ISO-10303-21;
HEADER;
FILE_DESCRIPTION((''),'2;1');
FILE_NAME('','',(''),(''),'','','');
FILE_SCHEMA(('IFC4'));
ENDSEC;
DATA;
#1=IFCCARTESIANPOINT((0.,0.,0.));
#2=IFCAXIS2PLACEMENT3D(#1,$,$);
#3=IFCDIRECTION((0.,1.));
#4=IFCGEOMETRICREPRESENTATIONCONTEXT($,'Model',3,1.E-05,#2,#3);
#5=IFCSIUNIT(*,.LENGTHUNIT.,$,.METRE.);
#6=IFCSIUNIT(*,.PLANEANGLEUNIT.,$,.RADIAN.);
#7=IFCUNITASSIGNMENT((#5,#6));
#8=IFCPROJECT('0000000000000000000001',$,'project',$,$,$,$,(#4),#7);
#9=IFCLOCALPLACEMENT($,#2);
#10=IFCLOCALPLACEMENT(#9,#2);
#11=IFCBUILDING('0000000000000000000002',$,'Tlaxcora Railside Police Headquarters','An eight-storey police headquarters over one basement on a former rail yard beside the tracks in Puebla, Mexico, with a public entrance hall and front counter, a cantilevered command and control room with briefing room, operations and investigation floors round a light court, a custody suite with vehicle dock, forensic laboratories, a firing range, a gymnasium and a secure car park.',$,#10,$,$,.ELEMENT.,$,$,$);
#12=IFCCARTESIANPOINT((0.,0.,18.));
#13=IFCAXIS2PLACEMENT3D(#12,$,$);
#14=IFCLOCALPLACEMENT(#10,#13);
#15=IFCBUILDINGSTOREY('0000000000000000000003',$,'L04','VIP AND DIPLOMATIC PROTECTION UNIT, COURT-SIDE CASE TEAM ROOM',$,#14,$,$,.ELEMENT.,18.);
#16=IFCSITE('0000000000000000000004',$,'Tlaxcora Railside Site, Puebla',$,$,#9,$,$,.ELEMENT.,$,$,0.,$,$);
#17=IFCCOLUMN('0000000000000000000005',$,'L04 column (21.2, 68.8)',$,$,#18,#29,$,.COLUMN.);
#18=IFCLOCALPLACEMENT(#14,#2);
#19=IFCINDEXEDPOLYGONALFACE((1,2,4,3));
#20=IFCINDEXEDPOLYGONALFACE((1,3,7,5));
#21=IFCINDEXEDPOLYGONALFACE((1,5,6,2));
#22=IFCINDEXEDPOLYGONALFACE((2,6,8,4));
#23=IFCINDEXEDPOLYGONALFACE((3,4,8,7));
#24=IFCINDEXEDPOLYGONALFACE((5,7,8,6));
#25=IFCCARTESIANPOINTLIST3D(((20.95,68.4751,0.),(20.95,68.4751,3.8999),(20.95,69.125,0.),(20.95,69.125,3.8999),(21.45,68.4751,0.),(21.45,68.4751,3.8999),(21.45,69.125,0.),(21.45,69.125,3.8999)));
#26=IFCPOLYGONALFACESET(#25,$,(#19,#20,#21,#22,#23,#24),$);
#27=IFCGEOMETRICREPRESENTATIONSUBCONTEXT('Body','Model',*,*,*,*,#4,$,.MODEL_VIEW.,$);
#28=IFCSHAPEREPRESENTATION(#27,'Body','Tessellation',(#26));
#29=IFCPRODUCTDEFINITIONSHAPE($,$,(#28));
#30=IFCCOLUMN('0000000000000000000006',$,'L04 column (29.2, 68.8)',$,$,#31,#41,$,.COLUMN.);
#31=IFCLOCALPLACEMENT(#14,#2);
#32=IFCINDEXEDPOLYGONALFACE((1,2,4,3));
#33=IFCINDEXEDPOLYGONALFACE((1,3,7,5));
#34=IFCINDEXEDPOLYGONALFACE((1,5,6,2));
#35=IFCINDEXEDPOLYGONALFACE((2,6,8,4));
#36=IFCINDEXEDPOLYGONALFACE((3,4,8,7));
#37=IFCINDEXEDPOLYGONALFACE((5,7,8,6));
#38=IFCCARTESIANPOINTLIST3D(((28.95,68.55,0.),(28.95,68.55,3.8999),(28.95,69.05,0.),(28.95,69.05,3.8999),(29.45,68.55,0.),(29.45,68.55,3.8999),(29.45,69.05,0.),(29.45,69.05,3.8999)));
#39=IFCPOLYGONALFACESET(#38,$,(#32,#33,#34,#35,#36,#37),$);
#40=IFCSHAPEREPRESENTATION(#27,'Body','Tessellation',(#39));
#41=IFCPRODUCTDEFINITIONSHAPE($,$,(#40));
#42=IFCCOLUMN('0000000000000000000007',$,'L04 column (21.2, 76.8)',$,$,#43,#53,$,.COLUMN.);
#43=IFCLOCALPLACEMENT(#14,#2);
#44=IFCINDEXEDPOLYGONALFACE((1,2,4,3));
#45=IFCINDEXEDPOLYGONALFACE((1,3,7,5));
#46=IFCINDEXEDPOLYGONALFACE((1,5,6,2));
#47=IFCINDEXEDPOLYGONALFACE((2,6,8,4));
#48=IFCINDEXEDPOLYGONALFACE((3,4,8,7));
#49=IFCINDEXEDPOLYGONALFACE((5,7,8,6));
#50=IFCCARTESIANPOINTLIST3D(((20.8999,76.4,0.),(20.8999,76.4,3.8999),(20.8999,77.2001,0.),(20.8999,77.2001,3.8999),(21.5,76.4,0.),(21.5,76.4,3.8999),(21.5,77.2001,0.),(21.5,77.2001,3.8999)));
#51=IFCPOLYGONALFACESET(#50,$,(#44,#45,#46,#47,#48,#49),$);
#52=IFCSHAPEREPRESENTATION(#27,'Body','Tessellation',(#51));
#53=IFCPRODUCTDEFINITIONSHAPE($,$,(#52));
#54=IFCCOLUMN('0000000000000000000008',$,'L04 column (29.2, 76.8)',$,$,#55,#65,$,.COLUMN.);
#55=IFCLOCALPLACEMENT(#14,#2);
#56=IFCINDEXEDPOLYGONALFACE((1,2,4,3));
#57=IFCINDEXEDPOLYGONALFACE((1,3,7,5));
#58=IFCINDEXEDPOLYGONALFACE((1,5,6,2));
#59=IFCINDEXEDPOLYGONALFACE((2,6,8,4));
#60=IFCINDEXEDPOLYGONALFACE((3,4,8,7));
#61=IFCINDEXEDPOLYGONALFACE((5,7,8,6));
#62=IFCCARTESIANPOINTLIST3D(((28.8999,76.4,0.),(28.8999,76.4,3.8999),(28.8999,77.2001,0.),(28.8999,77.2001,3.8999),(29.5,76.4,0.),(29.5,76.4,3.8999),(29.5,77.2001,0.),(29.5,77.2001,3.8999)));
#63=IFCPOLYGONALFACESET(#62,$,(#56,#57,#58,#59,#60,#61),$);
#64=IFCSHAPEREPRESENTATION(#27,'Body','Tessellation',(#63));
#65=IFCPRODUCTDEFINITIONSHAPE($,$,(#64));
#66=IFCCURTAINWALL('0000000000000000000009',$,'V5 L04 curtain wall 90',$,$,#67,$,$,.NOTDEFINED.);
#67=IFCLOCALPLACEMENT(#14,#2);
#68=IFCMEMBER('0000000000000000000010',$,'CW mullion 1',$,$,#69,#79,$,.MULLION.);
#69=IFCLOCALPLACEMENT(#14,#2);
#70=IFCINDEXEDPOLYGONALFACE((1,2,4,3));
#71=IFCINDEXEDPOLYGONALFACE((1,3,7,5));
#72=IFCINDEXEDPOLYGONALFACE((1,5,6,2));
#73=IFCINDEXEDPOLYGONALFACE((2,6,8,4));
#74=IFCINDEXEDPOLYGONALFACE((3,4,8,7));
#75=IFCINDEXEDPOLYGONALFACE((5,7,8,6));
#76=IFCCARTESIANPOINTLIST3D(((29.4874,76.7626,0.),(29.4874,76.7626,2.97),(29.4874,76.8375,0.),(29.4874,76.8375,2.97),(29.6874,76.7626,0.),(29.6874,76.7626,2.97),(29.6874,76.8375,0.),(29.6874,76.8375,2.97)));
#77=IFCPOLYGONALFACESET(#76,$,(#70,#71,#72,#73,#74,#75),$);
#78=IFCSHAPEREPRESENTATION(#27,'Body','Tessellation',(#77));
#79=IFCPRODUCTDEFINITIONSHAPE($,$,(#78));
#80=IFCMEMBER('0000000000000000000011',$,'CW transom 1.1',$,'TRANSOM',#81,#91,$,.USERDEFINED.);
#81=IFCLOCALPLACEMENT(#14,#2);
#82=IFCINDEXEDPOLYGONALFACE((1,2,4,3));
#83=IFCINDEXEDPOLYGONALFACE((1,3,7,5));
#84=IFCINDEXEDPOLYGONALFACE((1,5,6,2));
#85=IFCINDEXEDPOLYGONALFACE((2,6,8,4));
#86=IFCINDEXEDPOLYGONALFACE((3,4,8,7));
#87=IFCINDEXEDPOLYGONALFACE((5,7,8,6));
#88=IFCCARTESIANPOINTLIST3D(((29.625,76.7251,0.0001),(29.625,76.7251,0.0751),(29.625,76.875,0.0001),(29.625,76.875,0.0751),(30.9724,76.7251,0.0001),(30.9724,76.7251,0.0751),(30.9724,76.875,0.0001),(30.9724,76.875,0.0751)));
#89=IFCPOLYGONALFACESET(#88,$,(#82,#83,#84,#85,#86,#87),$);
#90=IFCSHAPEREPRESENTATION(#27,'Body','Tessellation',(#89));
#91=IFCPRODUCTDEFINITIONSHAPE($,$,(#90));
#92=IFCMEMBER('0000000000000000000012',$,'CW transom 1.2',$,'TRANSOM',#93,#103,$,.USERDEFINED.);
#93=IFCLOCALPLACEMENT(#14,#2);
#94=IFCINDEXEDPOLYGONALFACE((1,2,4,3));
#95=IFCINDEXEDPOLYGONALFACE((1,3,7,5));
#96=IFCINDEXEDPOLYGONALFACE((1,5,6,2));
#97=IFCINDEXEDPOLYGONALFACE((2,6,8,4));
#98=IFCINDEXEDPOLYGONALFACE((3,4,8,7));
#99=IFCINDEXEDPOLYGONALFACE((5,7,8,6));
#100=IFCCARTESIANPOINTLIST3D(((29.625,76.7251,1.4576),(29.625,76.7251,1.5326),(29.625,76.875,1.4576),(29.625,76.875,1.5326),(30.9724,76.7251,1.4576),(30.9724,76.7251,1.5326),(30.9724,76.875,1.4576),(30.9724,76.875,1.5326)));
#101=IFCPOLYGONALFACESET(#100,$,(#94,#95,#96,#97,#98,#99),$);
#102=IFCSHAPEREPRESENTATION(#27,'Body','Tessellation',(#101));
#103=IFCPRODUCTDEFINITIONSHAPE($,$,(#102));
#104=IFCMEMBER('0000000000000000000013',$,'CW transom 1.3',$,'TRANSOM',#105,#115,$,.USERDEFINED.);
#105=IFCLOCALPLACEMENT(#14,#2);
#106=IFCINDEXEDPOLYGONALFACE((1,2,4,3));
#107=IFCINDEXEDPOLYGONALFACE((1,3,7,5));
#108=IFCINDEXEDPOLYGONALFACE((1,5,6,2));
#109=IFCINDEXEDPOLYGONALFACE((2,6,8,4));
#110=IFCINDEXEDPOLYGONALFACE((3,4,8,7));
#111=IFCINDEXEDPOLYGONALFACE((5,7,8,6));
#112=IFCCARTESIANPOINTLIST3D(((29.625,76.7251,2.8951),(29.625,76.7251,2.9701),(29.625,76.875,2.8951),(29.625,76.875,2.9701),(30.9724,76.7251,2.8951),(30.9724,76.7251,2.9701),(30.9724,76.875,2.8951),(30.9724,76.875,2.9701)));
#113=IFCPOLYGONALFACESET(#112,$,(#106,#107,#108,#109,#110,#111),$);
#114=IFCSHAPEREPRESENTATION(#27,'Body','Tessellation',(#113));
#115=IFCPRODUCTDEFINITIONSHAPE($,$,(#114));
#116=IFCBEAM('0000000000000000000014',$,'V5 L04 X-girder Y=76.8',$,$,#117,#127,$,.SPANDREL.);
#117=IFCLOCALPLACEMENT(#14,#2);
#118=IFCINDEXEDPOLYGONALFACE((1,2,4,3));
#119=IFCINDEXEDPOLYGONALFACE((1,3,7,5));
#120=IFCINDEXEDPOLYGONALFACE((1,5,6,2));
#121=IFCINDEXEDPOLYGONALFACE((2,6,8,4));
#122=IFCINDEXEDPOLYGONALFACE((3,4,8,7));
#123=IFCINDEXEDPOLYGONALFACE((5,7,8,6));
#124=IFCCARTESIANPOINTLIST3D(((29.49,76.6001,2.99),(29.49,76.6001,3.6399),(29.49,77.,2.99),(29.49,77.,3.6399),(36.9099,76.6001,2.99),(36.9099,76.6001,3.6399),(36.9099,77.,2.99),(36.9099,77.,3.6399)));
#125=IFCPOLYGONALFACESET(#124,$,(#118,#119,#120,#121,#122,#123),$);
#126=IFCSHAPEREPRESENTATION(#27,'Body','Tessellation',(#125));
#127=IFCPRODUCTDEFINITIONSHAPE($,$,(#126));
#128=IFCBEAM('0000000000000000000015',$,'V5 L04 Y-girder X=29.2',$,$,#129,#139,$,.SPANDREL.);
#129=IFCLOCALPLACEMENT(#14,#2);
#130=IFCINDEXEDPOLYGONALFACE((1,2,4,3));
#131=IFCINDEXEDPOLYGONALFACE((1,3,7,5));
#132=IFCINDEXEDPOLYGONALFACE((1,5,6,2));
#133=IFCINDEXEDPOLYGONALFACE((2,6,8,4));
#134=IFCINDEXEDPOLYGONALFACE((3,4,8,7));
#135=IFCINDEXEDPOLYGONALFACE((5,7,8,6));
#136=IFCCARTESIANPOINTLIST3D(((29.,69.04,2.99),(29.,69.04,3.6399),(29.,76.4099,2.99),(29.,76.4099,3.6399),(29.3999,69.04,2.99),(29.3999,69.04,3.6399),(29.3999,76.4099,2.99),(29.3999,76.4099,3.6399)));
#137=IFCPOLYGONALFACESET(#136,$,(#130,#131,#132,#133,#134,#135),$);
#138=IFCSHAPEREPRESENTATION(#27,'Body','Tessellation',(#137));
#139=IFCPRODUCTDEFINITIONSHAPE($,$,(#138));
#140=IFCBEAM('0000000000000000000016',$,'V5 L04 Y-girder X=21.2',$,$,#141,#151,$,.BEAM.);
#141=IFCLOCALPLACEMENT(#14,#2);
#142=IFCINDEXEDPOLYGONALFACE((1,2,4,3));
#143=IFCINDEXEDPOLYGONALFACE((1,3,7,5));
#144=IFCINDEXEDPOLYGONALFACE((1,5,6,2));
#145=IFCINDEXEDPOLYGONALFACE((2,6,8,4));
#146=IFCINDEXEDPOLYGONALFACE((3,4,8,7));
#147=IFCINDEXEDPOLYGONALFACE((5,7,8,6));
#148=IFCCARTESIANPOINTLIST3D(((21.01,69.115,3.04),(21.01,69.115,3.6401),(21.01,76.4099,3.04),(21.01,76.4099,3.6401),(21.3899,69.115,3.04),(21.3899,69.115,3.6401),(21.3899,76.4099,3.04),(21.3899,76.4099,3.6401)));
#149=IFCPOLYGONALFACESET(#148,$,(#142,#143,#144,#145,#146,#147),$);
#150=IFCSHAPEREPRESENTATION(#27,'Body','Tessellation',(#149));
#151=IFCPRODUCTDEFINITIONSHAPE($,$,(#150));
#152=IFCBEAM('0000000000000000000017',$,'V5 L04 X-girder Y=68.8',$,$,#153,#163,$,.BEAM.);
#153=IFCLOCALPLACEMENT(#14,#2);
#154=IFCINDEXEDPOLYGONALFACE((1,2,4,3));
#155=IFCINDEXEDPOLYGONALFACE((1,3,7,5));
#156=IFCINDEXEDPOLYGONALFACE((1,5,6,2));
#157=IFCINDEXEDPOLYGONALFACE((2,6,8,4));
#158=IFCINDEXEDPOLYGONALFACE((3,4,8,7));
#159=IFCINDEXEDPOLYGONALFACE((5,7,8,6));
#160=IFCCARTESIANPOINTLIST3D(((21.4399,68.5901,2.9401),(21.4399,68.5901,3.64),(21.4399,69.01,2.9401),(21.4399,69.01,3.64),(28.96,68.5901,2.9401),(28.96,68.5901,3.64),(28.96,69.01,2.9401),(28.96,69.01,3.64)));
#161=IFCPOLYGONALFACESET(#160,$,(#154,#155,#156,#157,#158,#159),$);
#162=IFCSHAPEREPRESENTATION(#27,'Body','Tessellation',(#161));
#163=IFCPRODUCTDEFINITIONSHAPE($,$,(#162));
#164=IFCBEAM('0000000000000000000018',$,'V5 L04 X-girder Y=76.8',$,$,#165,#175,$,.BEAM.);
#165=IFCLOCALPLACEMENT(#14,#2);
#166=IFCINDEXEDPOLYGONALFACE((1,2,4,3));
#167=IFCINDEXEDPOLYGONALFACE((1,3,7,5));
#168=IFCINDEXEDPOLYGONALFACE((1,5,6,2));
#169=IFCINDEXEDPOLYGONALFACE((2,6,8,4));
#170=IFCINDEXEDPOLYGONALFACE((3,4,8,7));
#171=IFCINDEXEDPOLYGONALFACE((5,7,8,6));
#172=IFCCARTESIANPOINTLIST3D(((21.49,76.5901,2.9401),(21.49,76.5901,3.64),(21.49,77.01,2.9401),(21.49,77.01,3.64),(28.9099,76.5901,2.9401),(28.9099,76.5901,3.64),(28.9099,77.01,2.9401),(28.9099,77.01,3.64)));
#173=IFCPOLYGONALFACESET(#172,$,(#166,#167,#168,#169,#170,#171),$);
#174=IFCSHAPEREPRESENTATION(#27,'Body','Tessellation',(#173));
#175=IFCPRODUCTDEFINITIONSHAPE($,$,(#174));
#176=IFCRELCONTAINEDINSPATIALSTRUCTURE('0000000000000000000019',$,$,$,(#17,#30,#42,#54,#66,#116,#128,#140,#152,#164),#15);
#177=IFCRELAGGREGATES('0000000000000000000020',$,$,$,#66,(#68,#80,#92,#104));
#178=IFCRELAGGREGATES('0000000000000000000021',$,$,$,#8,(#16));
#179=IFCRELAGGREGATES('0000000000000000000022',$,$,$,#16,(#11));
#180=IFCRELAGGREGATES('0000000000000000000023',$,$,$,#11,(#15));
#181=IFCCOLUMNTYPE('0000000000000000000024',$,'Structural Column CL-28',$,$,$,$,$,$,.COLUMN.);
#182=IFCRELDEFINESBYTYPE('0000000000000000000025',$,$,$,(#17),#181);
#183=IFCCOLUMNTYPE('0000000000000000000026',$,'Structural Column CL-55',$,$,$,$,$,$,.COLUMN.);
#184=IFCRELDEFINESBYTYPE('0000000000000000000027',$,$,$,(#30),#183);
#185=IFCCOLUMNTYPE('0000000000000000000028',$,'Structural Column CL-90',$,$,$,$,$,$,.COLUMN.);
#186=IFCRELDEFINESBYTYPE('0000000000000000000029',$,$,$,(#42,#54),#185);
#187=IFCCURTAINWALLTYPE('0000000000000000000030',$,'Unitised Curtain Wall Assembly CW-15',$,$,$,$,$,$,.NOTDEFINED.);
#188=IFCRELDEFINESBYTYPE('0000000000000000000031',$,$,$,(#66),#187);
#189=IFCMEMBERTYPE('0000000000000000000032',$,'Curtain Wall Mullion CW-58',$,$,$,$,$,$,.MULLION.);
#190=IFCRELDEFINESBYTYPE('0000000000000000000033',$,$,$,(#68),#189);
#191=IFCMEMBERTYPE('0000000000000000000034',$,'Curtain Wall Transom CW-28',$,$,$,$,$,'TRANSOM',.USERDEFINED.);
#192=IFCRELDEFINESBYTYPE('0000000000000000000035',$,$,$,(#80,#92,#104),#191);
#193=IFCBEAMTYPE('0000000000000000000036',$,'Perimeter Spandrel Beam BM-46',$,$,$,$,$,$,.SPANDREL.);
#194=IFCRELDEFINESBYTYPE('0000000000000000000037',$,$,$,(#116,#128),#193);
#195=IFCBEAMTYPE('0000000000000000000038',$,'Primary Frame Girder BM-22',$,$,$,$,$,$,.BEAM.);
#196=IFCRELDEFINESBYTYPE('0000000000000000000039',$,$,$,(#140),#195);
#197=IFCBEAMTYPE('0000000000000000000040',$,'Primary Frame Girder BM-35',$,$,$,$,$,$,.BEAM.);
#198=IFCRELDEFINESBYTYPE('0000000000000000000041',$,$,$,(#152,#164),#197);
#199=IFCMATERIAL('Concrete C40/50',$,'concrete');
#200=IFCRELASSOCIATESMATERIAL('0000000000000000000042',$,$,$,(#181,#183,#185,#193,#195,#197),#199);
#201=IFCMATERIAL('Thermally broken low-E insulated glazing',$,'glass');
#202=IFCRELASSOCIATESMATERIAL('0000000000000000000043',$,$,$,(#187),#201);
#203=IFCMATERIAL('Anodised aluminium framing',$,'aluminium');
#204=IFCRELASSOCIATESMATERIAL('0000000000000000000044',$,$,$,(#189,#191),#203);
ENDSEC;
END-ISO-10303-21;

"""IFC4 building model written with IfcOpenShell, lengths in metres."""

from ifc_helpers import new_model, si_unit, direction, frame, origin, origin_2d, place, context, subcontext, project, spatial, rectangle, extrude, material, material_profile, profile_set, type_object, element, aggregate, save


model = new_model("IFC4")

# Units and contexts
model_context = context("Model", 3, precision=1e-05, world=origin(), true_north=direction((0.0, 1.0)))
body_context = subcontext(model_context, "Body", "Model", "MODEL_VIEW")
ifc_project = project(units=[si_unit("LENGTHUNIT", "METRE"), si_unit("PLANEANGLEUNIT", "RADIAN")], contexts=[model_context])

# Site, building, storey
site_placement = place(None, origin())
site = spatial("IfcSite", under=ifc_project, at=site_placement, Name="Tlaxcora Railside Site, Puebla", CompositionType="ELEMENT", RefElevation=0.0)
building_placement = place(site_placement, origin())
building = spatial("IfcBuilding", under=site, at=building_placement, Name="Tlaxcora Railside Police Headquarters", Description="An eight-storey police headquarters over one basement on a former rail yard beside the tracks in Puebla, Mexico, with a public entrance hall and front counter, a cantilevered command and control room with briefing room, operations and investigation floors round a light court, a custody suite with vehicle dock, forensic laboratories, a firing range, a gymnasium and a secure car park.", CompositionType="ELEMENT")
storey_placement = place(building_placement, frame((0.0, 0.0, 18.0)))
storey = spatial("IfcBuildingStorey", under=building, at=storey_placement, Name="L04", Description="VIP AND DIPLOMATIC PROTECTION UNIT, COURT-SIDE CASE TEAM ROOM", CompositionType="ELEMENT", Elevation=18.0)

# Columns
ifc_material_1 = material(Name="Concrete C40/50", Category="concrete")
ifc_material_profile_1 = material_profile(ifc_material_1, rectangle(XDim=0.5, YDim=0.6499, at=origin_2d()), Name="RC500X650")
ifc_profile_set_1 = profile_set([ifc_material_profile_1], Name="Concrete C40/50")
column_type_1 = type_object("IfcColumnType", Name="Structural Column CL-28", PredefinedType="COLUMN", material=ifc_profile_set_1)
column_1_placement = place(storey_placement, frame((21.2, 68.8, 0.0), z_axis=(0.0, 0.0, 1.0), x_axis=(1.0, 0.0, 0.0)))
element("IfcColumn", 1, at=column_1_placement, inside=storey, type_object=column_type_1, Name="L04 column (21.2, 68.8)", PredefinedType="COLUMN", context=body_context, shape_type="SweptSolid", body=[
    extrude(rectangle(XDim=0.5, YDim=0.6499, at=origin_2d()), origin(), (0.0, 0.0, 1.0), 3.8999),
])
ifc_material_profile_2 = material_profile(ifc_material_1, rectangle(XDim=0.5, YDim=0.5, at=origin_2d()), Name="RC500X500")
ifc_profile_set_2 = profile_set([ifc_material_profile_2], Name="Concrete C40/50")
column_type_2 = type_object("IfcColumnType", Name="Structural Column CL-55", PredefinedType="COLUMN", material=ifc_profile_set_2)
column_2_placement = place(storey_placement, frame((29.2, 68.8, 0.0), z_axis=(0.0, 0.0, 1.0), x_axis=(1.0, 0.0, 0.0)))
element("IfcColumn", 2, at=column_2_placement, inside=storey, type_object=column_type_2, Name="L04 column (29.2, 68.8)", PredefinedType="COLUMN", context=body_context, shape_type="SweptSolid", body=[
    extrude(rectangle(XDim=0.5, YDim=0.5, at=origin_2d()), origin(), (0.0, 0.0, 1.0), 3.8999),
])
ifc_material_profile_3 = material_profile(ifc_material_1, rectangle(XDim=0.6001, YDim=0.8, at=origin_2d()), Name="RC600X800")
ifc_profile_set_3 = profile_set([ifc_material_profile_3], Name="Concrete C40/50")
column_type_3 = type_object("IfcColumnType", Name="Structural Column CL-90", PredefinedType="COLUMN", material=ifc_profile_set_3)
for number, where, z_axis, x_axis, name in (
    (3, (21.2, 76.8, 0.0), (0.0, 0.0, 1.0), (1.0, 0.0, 0.0), "L04 column (21.2, 76.8)"),
    (4, (29.2, 76.8, 0.0), (0.0, 0.0, 1.0), (1.0, 0.0, 0.0), "L04 column (29.2, 76.8)"),
):
    element("IfcColumn", number, at=place(storey_placement, frame(where, z_axis=z_axis, x_axis=x_axis)), inside=storey, type_object=column_type_3, Name=name, PredefinedType="COLUMN", context=body_context, shape_type="SweptSolid", body=[
        extrude(rectangle(XDim=0.6001, YDim=0.8, at=origin_2d()), origin(), (0.0, 0.0, 1.0), 3.8999),
    ])

# Curtain wall, members
ifc_material_2 = material(Name="Thermally broken low-E insulated glazing", Category="glass")
curtain_wall_type = type_object("IfcCurtainWallType", Name="Unitised Curtain Wall Assembly CW-15", PredefinedType="NOTDEFINED", material=ifc_material_2)
curtain_wall_placement = place(storey_placement, origin())
curtain_wall = element("IfcCurtainWall", 5, at=curtain_wall_placement, inside=storey, type_object=curtain_wall_type, Name="V5 L04 curtain wall 90", PredefinedType="NOTDEFINED")
ifc_material_3 = material(Name="Anodised aluminium framing", Category="aluminium")
ifc_material_profile_4 = material_profile(ifc_material_3, rectangle(XDim=0.075, YDim=0.2, at=origin_2d()), Name="AL75X200")
ifc_profile_set_4 = profile_set([ifc_material_profile_4], Name="Anodised aluminium framing")
member_type_1 = type_object("IfcMemberType", Name="Curtain Wall Mullion CW-58", PredefinedType="MULLION", material=ifc_profile_set_4)
member_1_placement = place(storey_placement, frame((29.5874, 76.8, 0.0), z_axis=(0.0, 0.0, 1.0), x_axis=(0.0, 1.0, 0.0)))
member_1 = element("IfcMember", 6, at=member_1_placement, type_object=member_type_1, Name="CW mullion 1", PredefinedType="MULLION", context=body_context, shape_type="SweptSolid", body=[
    extrude(rectangle(XDim=0.075, YDim=0.2, at=origin_2d()), origin(), (0.0, 0.0, 1.0), 2.97),
])
ifc_material_profile_5 = material_profile(ifc_material_3, rectangle(XDim=0.1499, YDim=0.075, at=origin_2d()), Name="AL75X150")
ifc_profile_set_5 = profile_set([ifc_material_profile_5], Name="Anodised aluminium framing")
member_type_2 = type_object("IfcMemberType", Name="Curtain Wall Transom CW-28", ElementType="TRANSOM", PredefinedType="USERDEFINED", material=ifc_profile_set_5)
member_2_placement = place(storey_placement, frame((29.625, 76.8, 0.0376), z_axis=(1.0, 0.0, 0.0), x_axis=(0.0, 1.0, 0.0)))
member_2 = element("IfcMember", 7, at=member_2_placement, type_object=member_type_2, Name="CW transom 1.1", ObjectType="TRANSOM", PredefinedType="USERDEFINED", context=body_context, shape_type="SweptSolid", body=[
    extrude(rectangle(XDim=0.1499, YDim=0.075, at=origin_2d()), origin(), (0.0, 0.0, 1.0), 1.3474),
])
member_3_placement = place(storey_placement, frame((29.625, 76.8, 1.4951), z_axis=(1.0, 0.0, 0.0), x_axis=(0.0, 1.0, 0.0)))
member_3 = element("IfcMember", 8, at=member_3_placement, type_object=member_type_2, Name="CW transom 1.2", ObjectType="TRANSOM", PredefinedType="USERDEFINED", context=body_context, shape_type="SweptSolid", body=[
    extrude(rectangle(XDim=0.1499, YDim=0.075, at=origin_2d()), origin(), (0.0, 0.0, 1.0), 1.3474),
])
member_4_placement = place(storey_placement, frame((29.625, 76.8, 2.9326), z_axis=(1.0, 0.0, 0.0), x_axis=(0.0, 1.0, 0.0)))
member_4 = element("IfcMember", 9, at=member_4_placement, type_object=member_type_2, Name="CW transom 1.3", ObjectType="TRANSOM", PredefinedType="USERDEFINED", context=body_context, shape_type="SweptSolid", body=[
    extrude(rectangle(XDim=0.1499, YDim=0.075, at=origin_2d()), origin(), (0.0, 0.0, 1.0), 1.3474),
])

# Beams
ifc_material_profile_6 = material_profile(ifc_material_1, rectangle(XDim=0.3999, YDim=0.6499, at=origin_2d()), Name="RC400X650")
ifc_profile_set_6 = profile_set([ifc_material_profile_6], Name="Concrete C40/50")
beam_type_1 = type_object("IfcBeamType", Name="Perimeter Spandrel Beam BM-46", PredefinedType="SPANDREL", material=ifc_profile_set_6)
beam_1_placement = place(storey_placement, frame((29.49, 76.8, 3.3149), z_axis=(1.0, 0.0, 0.0), x_axis=(0.0, 1.0, 0.0)))
element("IfcBeam", 10, at=beam_1_placement, inside=storey, type_object=beam_type_1, Name="V5 L04 X-girder Y=76.8", PredefinedType="SPANDREL", context=body_context, shape_type="SweptSolid", body=[
    extrude(rectangle(XDim=0.3999, YDim=0.6499, at=origin_2d()), origin(), (0.0, 0.0, 1.0), 7.4199),
])
beam_2_placement = place(storey_placement, frame((29.2, 69.04, 3.3149), z_axis=(0.0, 1.0, 0.0), x_axis=(-1.0, 0.0, 0.0)))
element("IfcBeam", 11, at=beam_2_placement, inside=storey, type_object=beam_type_1, Name="V5 L04 Y-girder X=29.2", PredefinedType="SPANDREL", context=body_context, shape_type="SweptSolid", body=[
    extrude(rectangle(XDim=0.3999, YDim=0.6499, at=origin_2d()), origin(), (0.0, 0.0, 1.0), 7.3699),
])
ifc_material_profile_7 = material_profile(ifc_material_1, rectangle(XDim=0.3799, YDim=0.6001, at=origin_2d()), Name="RC380X600")
ifc_profile_set_7 = profile_set([ifc_material_profile_7], Name="Concrete C40/50")
beam_type_2 = type_object("IfcBeamType", Name="Primary Frame Girder BM-22", PredefinedType="BEAM", material=ifc_profile_set_7)
beam_3_placement = place(storey_placement, frame((21.2, 69.115, 3.3401), z_axis=(0.0, 1.0, 0.0), x_axis=(-1.0, 0.0, 0.0)))
element("IfcBeam", 12, at=beam_3_placement, inside=storey, type_object=beam_type_2, Name="V5 L04 Y-girder X=21.2", PredefinedType="BEAM", context=body_context, shape_type="SweptSolid", body=[
    extrude(rectangle(XDim=0.3799, YDim=0.6001, at=origin_2d()), origin(), (0.0, 0.0, 1.0), 7.2949),
])
ifc_material_profile_8 = material_profile(ifc_material_1, rectangle(XDim=0.4199, YDim=0.7, at=origin_2d()), Name="RC420X700")
ifc_profile_set_8 = profile_set([ifc_material_profile_8], Name="Concrete C40/50")
beam_type_3 = type_object("IfcBeamType", Name="Primary Frame Girder BM-35", PredefinedType="BEAM", material=ifc_profile_set_8)
beam_4_placement = place(storey_placement, frame((21.4399, 68.8, 3.29), z_axis=(1.0, 0.0, 0.0), x_axis=(0.0, 1.0, 0.0)))
element("IfcBeam", 13, at=beam_4_placement, inside=storey, type_object=beam_type_3, Name="V5 L04 X-girder Y=68.8", PredefinedType="BEAM", context=body_context, shape_type="SweptSolid", body=[
    extrude(rectangle(XDim=0.4199, YDim=0.7, at=origin_2d()), origin(), (0.0, 0.0, 1.0), 7.52),
])
beam_5_placement = place(storey_placement, frame((21.49, 76.8, 3.29), z_axis=(1.0, 0.0, 0.0), x_axis=(0.0, 1.0, 0.0)))
element("IfcBeam", 14, at=beam_5_placement, inside=storey, type_object=beam_type_3, Name="V5 L04 X-girder Y=76.8", PredefinedType="BEAM", context=body_context, shape_type="SweptSolid", body=[
    extrude(rectangle(XDim=0.4199, YDim=0.7, at=origin_2d()), origin(), (0.0, 0.0, 1.0), 7.4199),
])

aggregate(curtain_wall, [member_1, member_2, member_3, member_4])

save(model, "model.ifc")
